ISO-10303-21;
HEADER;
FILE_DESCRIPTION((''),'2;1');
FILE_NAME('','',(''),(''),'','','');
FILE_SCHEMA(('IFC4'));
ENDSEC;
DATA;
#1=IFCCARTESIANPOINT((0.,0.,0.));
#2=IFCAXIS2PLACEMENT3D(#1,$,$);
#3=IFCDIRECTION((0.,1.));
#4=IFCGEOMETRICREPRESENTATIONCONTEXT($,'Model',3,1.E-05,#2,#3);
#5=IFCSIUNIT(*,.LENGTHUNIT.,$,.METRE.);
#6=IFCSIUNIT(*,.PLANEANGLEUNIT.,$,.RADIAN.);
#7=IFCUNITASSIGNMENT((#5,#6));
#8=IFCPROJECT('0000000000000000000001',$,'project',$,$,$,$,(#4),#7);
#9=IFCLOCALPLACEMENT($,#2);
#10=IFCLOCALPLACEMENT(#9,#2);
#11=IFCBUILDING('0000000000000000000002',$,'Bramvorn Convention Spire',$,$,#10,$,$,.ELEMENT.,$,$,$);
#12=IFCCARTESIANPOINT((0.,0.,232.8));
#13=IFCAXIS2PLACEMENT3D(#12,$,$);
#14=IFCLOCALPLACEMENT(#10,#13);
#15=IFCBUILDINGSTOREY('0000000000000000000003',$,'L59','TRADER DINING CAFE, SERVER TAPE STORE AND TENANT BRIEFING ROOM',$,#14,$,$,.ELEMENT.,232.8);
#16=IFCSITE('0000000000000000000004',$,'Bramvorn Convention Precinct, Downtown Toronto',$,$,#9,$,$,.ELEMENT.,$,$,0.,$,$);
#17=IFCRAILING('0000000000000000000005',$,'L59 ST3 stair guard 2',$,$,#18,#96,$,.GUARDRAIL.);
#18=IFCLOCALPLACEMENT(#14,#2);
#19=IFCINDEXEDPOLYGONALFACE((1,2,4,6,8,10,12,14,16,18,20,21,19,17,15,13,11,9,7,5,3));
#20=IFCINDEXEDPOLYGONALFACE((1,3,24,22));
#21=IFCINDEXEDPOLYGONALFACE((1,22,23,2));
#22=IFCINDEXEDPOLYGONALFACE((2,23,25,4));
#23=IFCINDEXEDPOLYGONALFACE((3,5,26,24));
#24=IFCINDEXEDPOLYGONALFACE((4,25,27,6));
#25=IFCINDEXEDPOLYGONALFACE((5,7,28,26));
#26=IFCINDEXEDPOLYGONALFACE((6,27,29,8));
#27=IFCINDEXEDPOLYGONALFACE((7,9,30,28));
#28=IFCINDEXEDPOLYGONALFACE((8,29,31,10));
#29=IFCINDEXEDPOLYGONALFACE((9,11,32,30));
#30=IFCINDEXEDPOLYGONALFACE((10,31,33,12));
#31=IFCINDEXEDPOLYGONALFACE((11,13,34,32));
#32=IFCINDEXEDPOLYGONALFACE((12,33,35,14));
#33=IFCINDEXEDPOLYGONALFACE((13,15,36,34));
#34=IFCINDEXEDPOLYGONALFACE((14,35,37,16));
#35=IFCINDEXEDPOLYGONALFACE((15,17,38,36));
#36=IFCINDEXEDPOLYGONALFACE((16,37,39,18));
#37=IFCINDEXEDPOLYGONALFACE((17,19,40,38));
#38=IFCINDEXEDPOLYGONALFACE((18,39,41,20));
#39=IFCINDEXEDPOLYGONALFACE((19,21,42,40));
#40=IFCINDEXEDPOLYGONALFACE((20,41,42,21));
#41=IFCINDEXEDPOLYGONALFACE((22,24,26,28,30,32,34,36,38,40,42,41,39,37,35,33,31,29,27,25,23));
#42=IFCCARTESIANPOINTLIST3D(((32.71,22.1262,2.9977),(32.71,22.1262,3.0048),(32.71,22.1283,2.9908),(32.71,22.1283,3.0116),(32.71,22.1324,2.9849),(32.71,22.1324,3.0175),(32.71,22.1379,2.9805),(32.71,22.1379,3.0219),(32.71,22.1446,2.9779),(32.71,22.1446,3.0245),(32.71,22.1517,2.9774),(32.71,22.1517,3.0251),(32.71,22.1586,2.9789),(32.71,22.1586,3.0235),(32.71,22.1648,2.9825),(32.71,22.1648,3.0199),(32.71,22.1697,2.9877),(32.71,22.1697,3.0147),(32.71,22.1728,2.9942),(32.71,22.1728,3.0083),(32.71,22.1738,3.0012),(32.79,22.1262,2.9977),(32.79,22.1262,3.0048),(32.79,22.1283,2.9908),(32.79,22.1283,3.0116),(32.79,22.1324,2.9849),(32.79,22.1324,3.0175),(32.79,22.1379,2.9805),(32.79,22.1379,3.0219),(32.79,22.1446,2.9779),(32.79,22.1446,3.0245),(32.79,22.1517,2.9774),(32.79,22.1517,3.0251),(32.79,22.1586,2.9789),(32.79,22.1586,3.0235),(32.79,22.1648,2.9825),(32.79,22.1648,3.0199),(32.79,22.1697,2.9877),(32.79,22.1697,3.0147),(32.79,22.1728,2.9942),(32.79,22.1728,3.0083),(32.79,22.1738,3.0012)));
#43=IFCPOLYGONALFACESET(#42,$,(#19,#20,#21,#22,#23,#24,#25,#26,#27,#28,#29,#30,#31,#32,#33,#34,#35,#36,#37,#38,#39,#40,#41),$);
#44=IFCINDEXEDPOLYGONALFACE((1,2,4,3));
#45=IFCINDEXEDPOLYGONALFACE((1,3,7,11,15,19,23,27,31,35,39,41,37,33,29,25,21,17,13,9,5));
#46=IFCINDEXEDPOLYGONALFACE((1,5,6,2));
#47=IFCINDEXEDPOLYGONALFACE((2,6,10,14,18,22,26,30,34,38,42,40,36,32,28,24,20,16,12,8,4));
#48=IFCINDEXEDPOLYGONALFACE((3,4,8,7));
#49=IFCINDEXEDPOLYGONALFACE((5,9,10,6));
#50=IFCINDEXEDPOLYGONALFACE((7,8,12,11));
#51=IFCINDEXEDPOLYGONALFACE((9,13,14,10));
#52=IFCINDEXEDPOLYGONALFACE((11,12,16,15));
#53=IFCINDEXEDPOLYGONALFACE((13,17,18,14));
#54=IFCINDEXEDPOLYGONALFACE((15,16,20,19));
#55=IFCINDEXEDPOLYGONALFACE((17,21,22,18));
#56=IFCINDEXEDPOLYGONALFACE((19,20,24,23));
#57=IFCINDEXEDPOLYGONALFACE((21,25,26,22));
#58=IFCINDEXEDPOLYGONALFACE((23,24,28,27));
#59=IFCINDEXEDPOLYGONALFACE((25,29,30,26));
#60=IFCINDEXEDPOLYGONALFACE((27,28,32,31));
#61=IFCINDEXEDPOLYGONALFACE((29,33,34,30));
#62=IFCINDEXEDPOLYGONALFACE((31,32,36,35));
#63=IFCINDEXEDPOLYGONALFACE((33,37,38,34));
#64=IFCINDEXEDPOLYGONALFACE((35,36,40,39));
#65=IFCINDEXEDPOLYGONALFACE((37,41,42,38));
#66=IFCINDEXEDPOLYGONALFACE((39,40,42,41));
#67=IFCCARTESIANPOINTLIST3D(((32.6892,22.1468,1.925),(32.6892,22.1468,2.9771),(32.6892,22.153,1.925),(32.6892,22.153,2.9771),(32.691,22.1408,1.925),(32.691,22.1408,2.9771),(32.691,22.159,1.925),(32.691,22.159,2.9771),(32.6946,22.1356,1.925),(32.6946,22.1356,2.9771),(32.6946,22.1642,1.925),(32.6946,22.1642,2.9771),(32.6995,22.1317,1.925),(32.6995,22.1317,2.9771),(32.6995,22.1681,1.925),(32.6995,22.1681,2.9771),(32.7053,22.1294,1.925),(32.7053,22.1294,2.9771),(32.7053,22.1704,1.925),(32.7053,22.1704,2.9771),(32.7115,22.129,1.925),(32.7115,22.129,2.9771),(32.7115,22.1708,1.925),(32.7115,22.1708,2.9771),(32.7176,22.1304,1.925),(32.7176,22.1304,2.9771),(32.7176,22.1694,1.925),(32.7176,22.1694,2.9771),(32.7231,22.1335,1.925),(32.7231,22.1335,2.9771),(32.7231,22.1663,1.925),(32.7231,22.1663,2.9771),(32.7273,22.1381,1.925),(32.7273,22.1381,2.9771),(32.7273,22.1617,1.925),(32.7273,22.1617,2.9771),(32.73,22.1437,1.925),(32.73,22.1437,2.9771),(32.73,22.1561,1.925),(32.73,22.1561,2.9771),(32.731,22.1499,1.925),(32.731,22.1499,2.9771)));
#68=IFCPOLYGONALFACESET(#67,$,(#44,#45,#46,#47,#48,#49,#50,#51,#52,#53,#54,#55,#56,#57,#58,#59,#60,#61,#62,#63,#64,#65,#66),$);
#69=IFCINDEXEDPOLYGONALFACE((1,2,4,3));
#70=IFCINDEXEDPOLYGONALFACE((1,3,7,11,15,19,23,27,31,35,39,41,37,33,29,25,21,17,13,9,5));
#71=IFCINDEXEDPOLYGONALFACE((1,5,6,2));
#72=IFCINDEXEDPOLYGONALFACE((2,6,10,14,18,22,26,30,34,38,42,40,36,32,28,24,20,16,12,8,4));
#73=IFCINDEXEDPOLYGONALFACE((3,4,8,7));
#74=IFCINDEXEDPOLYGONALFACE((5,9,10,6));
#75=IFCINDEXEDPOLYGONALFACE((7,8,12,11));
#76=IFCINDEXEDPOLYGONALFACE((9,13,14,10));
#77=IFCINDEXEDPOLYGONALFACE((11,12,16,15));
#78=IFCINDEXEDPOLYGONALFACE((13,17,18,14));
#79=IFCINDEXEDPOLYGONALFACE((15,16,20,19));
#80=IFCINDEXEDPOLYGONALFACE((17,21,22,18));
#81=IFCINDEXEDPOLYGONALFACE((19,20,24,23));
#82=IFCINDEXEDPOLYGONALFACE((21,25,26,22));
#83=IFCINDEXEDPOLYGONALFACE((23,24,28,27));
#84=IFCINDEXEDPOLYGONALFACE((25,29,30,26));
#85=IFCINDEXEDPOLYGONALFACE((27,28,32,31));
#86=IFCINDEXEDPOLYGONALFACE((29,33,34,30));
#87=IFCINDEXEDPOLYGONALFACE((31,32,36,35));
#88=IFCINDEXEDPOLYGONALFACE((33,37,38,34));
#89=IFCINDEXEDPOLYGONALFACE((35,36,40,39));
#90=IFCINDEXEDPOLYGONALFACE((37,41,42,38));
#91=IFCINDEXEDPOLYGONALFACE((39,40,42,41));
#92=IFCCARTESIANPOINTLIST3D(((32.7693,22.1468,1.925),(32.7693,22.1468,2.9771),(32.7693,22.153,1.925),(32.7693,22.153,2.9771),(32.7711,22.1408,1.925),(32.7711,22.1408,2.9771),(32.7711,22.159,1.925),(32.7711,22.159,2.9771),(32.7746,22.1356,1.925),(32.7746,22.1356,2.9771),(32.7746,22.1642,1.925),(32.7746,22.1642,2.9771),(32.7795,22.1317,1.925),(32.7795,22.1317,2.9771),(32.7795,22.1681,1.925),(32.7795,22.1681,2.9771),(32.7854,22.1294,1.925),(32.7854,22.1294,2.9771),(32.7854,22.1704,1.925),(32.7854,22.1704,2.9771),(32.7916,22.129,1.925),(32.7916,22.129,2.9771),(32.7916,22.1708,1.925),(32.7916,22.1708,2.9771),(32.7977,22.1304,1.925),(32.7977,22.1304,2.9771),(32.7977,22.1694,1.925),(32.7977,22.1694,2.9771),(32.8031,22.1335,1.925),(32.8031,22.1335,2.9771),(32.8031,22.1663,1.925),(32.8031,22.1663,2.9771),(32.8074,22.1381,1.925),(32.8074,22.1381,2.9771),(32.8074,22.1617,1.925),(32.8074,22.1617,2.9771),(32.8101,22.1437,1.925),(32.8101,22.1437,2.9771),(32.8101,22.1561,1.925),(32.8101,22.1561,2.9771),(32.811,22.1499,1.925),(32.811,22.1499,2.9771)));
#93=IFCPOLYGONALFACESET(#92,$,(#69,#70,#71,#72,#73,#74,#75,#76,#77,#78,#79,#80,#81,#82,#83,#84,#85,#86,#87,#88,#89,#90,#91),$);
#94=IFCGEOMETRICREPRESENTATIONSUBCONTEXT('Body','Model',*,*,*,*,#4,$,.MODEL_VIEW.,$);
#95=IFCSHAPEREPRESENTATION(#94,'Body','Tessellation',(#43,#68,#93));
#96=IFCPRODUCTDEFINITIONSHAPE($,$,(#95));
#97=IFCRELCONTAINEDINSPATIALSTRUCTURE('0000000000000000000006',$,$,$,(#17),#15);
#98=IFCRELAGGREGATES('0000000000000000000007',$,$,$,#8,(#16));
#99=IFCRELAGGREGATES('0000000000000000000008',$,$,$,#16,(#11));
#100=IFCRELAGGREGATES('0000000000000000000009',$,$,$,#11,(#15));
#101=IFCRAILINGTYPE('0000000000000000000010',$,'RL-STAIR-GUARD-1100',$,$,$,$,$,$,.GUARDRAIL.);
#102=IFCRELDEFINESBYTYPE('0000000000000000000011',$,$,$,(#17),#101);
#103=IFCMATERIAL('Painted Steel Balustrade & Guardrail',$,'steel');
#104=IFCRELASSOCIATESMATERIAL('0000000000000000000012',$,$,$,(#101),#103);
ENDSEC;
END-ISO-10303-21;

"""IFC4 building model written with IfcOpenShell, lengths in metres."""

from ifc_helpers import new_model, si_unit, direction, frame, origin, origin_2d, place, context, subcontext, project, spatial, circle, extrude, material, type_object, element, save


model = new_model("IFC4")

# Units and contexts
model_context = context("Model", 3, precision=1e-05, world=origin(), true_north=direction((0.0, 1.0)))
body_context = subcontext(model_context, "Body", "Model", "MODEL_VIEW")
ifc_project = project(units=[si_unit("LENGTHUNIT", "METRE"), si_unit("PLANEANGLEUNIT", "RADIAN")], contexts=[model_context])

# Site, building, storey
site_placement = place(None, origin())
site = spatial("IfcSite", under=ifc_project, at=site_placement, Name="Bramvorn Convention Precinct, Downtown Toronto", CompositionType="ELEMENT", RefElevation=0.0)
building_placement = place(site_placement, origin())
building = spatial("IfcBuilding", under=site, at=building_placement, Name="Bramvorn Convention Spire", CompositionType="ELEMENT")
storey_placement = place(building_placement, frame((0.0, 0.0, 232.8)))
storey = spatial("IfcBuildingStorey", under=building, at=storey_placement, Name="L59", Description="TRADER DINING CAFE, SERVER TAPE STORE AND TENANT BRIEFING ROOM", CompositionType="ELEMENT", Elevation=232.8)

# Railing
ifc_material_1 = material(Name="Painted Steel Balustrade & Guardrail", Category="steel")
railing_type_1 = type_object("IfcRailingType", Name="RL-STAIR-GUARD-1100", PredefinedType="GUARDRAIL", material=ifc_material_1)
railing_1_placement = place(storey_placement, frame((32.71, 22.1499, 1.925)))
element("IfcRailing", 1, at=railing_1_placement, inside=storey, type_object=railing_type_1, Name="L59 ST3 stair guard 2", PredefinedType="GUARDRAIL", context=body_context, shape_type="SweptSolid", body=[
    extrude(circle(Radius=0.0239, at=origin_2d()), frame((0.0, 0.0, 1.0762), z_axis=(1.0, 0.0, 0.0), x_axis=(0.0, 1.0, 0.0)), (0.0, 0.0, 1.0), 0.0801),
    extrude(circle(Radius=0.021, at=origin_2d()), origin(), (0.0, 0.0, 1.0), 1.052),
    extrude(circle(Radius=0.021, at=origin_2d()), frame((0.0801, 0.0, 0.0)), (0.0, 0.0, 1.0), 1.052),
])

save(model, "model.ifc")
